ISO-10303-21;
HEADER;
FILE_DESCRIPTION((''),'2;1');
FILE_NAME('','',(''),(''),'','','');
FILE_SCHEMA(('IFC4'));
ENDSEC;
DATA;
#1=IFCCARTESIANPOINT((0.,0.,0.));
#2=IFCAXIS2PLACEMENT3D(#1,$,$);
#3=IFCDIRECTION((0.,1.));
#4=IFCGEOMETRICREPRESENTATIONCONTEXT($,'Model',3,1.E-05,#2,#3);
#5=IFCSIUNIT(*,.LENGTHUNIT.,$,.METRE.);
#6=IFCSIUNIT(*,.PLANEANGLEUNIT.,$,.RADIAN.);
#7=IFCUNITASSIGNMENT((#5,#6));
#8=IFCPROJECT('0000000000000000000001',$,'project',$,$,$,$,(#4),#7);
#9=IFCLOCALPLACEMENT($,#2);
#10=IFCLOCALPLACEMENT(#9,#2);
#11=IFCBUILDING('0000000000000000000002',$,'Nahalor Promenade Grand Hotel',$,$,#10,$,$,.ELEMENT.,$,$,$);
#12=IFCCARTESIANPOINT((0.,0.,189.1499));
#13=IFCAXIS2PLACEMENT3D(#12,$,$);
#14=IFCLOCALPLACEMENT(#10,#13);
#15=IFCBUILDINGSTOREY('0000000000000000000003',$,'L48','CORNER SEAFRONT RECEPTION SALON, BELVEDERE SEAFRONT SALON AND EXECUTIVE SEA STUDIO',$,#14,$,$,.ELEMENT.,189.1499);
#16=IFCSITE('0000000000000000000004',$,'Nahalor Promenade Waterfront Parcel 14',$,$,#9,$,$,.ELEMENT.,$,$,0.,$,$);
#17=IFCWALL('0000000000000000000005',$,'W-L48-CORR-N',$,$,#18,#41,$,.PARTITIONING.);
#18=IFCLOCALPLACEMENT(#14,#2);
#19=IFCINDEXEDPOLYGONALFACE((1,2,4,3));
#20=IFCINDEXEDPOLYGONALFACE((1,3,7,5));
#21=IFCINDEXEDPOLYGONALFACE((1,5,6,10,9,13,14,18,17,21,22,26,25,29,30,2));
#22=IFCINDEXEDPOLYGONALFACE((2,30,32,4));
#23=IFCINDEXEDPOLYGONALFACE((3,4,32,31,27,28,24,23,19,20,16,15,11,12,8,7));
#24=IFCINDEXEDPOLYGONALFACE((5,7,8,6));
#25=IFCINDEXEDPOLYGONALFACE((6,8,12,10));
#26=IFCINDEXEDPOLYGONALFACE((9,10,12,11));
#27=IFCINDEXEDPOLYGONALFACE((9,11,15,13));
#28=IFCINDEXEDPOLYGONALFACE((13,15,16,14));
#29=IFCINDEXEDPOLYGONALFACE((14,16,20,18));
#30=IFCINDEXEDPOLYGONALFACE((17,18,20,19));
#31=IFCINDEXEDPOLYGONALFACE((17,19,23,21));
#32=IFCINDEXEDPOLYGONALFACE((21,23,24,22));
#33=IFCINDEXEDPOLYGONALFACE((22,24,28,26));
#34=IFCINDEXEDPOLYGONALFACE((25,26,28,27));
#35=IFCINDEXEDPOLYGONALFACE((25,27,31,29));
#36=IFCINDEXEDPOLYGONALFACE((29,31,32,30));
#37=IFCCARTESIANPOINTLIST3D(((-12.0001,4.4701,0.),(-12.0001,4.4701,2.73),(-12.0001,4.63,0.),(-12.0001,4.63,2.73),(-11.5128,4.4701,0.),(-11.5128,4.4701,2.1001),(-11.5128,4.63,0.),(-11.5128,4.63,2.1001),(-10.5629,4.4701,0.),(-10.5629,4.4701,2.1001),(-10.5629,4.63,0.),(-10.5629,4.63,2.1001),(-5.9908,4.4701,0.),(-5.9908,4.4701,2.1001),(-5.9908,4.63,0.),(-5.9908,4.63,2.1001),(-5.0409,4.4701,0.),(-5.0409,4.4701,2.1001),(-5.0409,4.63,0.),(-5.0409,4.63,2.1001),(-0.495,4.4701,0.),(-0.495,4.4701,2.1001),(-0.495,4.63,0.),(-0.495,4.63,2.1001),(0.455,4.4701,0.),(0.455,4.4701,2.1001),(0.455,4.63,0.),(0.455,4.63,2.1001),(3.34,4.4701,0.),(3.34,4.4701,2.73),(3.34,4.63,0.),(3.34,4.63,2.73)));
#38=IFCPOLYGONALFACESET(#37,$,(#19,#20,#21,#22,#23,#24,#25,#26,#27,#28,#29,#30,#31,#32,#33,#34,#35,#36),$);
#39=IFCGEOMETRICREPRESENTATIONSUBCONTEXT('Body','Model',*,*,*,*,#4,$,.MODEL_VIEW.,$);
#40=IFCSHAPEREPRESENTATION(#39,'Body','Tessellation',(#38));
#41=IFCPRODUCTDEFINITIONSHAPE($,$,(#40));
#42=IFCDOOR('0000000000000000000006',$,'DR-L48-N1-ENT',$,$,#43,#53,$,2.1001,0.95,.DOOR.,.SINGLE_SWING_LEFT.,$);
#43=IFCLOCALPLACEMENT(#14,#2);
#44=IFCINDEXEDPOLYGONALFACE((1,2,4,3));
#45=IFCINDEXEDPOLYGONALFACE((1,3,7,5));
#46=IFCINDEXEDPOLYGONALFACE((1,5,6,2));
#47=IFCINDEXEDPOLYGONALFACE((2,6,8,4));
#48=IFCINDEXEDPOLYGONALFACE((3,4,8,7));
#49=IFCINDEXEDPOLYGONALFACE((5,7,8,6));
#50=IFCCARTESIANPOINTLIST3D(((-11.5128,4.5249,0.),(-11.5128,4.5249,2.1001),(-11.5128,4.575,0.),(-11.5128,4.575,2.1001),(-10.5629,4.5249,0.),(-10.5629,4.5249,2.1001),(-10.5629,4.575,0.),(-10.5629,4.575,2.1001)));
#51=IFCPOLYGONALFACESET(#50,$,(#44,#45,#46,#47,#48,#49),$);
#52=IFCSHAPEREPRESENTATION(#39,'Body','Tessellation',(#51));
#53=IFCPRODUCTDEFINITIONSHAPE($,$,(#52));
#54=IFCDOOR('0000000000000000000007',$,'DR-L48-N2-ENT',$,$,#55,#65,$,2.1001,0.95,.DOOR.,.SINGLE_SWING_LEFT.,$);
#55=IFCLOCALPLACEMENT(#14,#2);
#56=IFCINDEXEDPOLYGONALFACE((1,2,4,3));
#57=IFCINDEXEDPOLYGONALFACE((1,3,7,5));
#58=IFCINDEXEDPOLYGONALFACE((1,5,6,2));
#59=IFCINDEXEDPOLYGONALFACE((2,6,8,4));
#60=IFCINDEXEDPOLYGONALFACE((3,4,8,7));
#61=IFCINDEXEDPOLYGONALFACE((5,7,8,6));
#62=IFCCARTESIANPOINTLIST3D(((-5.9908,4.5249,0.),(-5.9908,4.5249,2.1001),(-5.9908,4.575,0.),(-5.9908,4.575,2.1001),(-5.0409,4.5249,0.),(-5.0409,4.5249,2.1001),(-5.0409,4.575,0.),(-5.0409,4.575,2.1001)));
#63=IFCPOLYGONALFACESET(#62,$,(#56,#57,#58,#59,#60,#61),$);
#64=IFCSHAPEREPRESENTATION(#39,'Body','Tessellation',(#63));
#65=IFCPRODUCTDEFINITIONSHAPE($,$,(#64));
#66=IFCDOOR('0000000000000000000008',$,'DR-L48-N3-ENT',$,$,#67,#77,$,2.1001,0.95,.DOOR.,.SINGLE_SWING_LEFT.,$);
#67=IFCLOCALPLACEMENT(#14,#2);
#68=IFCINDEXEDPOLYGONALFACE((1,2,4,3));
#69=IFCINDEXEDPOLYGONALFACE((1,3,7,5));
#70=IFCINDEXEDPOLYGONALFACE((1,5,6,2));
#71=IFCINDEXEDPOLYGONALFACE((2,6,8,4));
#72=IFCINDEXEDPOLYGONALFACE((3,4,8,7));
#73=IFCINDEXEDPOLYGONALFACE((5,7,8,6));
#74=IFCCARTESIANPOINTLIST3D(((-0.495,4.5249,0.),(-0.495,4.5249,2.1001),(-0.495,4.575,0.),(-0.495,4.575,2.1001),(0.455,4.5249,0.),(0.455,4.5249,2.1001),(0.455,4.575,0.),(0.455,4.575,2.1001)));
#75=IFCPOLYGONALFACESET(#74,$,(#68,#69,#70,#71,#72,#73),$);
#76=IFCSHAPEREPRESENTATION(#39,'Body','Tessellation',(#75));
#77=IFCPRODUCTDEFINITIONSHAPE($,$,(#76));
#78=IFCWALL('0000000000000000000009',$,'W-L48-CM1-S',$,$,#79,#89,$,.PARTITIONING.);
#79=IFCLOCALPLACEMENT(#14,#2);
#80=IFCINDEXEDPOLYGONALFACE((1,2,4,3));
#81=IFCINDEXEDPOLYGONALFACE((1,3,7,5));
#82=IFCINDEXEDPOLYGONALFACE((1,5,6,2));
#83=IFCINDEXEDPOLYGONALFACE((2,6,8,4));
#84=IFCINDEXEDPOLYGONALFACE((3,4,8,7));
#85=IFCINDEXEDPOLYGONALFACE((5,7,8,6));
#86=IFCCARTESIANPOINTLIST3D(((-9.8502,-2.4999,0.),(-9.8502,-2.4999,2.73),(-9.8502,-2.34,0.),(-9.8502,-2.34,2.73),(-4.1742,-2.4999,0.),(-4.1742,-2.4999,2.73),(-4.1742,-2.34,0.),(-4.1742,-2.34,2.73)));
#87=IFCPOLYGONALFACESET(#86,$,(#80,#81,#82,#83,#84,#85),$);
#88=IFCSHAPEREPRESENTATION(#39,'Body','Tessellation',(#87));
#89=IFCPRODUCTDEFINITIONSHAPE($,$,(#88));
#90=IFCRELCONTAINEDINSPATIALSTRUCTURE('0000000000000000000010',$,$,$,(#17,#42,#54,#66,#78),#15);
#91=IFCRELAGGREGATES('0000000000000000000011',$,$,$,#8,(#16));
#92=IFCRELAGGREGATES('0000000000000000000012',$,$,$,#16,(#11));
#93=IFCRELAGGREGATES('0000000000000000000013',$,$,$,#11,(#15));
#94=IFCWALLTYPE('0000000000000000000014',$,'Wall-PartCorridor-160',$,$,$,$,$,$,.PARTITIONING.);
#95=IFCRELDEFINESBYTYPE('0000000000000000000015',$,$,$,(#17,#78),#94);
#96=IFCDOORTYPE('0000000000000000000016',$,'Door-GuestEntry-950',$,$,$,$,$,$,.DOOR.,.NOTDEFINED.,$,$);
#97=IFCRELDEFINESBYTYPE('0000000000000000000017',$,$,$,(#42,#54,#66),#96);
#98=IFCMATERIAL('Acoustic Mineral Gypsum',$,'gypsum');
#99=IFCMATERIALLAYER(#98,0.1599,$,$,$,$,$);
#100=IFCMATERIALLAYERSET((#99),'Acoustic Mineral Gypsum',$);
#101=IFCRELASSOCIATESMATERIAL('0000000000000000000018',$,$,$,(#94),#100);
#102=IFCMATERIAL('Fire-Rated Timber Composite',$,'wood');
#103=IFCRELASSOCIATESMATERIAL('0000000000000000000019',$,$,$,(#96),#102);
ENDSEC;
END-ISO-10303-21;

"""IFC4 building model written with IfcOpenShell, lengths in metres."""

from ifc_helpers import new_model, si_unit, direction, frame, frame_2d, origin, place, context, subcontext, project, spatial, rectangle, extrude, source, transform, mapped, material, layer, layer_set, type_object, element, fill, save


model = new_model("IFC4")

# Units and contexts
model_context = context("Model", 3, precision=1e-05, world=origin(), true_north=direction((0.0, 1.0)))
body_context = subcontext(model_context, "Body", "Model", "MODEL_VIEW")
ifc_project = project(units=[si_unit("LENGTHUNIT", "METRE"), si_unit("PLANEANGLEUNIT", "RADIAN")], contexts=[model_context])

# Site, building, storey
site_placement = place(None, origin())
site = spatial("IfcSite", under=ifc_project, at=site_placement, Name="Nahalor Promenade Waterfront Parcel 14", CompositionType="ELEMENT", RefElevation=0.0)
building_placement = place(site_placement, origin())
building = spatial("IfcBuilding", under=site, at=building_placement, Name="Nahalor Promenade Grand Hotel", CompositionType="ELEMENT")
storey_placement = place(building_placement, frame((0.0, 0.0, 189.1499)))
storey = spatial("IfcBuildingStorey", under=building, at=storey_placement, Name="L48", Description="CORNER SEAFRONT RECEPTION SALON, BELVEDERE SEAFRONT SALON AND EXECUTIVE SEA STUDIO", CompositionType="ELEMENT", Elevation=189.1499)

# Shared definitions
ifc_material_1 = material(Name="Acoustic Mineral Gypsum", Category="gypsum")
ifc_layer_1 = layer(ifc_material_1, 0.1599)
ifc_layer_set_1 = layer_set([ifc_layer_1], Name="Acoustic Mineral Gypsum")
wall_type_1 = type_object("IfcWallType", Name="Wall-PartCorridor-160", PredefinedType="PARTITIONING", material=ifc_layer_set_1)
ifc_material_2 = material(Name="Fire-Rated Timber Composite", Category="wood")
door_type_1 = type_object("IfcDoorType", Name="Door-GuestEntry-950", OperationType="NOTDEFINED", PredefinedType="DOOR", material=ifc_material_2)
shared_shape_1 = source(origin(), body_context, "Body", "SweptSolid", [
    extrude(rectangle(XDim=0.95, YDim=2.1001, at=frame_2d((0.4751, 1.05))), frame((0.0, 0.0249, 0.0), z_axis=(0.0, -1.0, 0.0), x_axis=(1.0, 0.0, 0.0)), (0.0, 0.0, 1.0), 0.05),
])

# Wall, openings, doors
shared_shape_2 = source(origin(), body_context, "Body", "SweptSolid", [
    extrude(rectangle(XDim=15.3401, YDim=0.1599, at=frame_2d((7.6699, 0.0))), origin(), (0.0, 0.0, 1.0), 2.73),
])
wall_1_placement = place(storey_placement, frame((-12.0, 4.55, 0.0), z_axis=(0.0, 0.0, 1.0), x_axis=(1.0, 0.0, 0.0)))
wall_1 = element("IfcWall", 1, at=wall_1_placement, inside=storey, type_object=wall_type_1, Name="W-L48-CORR-N", PredefinedType="PARTITIONING", context=body_context, shape_type="MappedRepresentation", body=[
    mapped(shared_shape_2, transform((0.0, 0.0, 0.0), scale=1.0)),
])
opening_1_placement = place(wall_1_placement, frame((0.4871, 0.0, 0.0)))
opening_1 = element("IfcOpeningElement", 2, at=opening_1_placement, cuts=wall_1, PredefinedType="OPENING", context=body_context, shape_type="SweptSolid", body=[
    extrude(rectangle(XDim=0.95, YDim=2.1001, at=frame_2d((0.4751, 1.05))), frame((0.0, 0.0898, 0.0), z_axis=(0.0, -1.0, 0.0), x_axis=(1.0, 0.0, 0.0)), (0.0, 0.0, 1.0), 0.1799),
])
opening_2_placement = place(wall_1_placement, frame((6.009, 0.0, 0.0)))
opening_2 = element("IfcOpeningElement", 3, at=opening_2_placement, cuts=wall_1, PredefinedType="OPENING", context=body_context, shape_type="SweptSolid", body=[
    extrude(rectangle(XDim=0.95, YDim=2.1001, at=frame_2d((0.4751, 1.05))), frame((0.0, 0.0898, 0.0), z_axis=(0.0, -1.0, 0.0), x_axis=(1.0, 0.0, 0.0)), (0.0, 0.0, 1.0), 0.1799),
])
opening_3_placement = place(wall_1_placement, frame((11.5049, 0.0, 0.0)))
opening_3 = element("IfcOpeningElement", 4, at=opening_3_placement, cuts=wall_1, PredefinedType="OPENING", context=body_context, shape_type="SweptSolid", body=[
    extrude(rectangle(XDim=0.95, YDim=2.1001, at=frame_2d((0.4751, 1.05))), frame((0.0, 0.0898, 0.0), z_axis=(0.0, -1.0, 0.0), x_axis=(1.0, 0.0, 0.0)), (0.0, 0.0, 1.0), 0.1799),
])
door_1_placement = place(opening_1_placement, origin())
door_1 = element("IfcDoor", 5, at=door_1_placement, inside=storey, type_object=door_type_1, Name="DR-L48-N1-ENT", OperationType="SINGLE_SWING_LEFT", OverallHeight=2.1001, OverallWidth=0.95, PredefinedType="DOOR", context=body_context, shape_type="MappedRepresentation", body=[
    mapped(shared_shape_1, transform((0.0, 0.0, 0.0), scale=1.0)),
])
fill(opening_1, door_1)
door_2_placement = place(opening_2_placement, origin())
door_2 = element("IfcDoor", 6, at=door_2_placement, inside=storey, type_object=door_type_1, Name="DR-L48-N2-ENT", OperationType="SINGLE_SWING_LEFT", OverallHeight=2.1001, OverallWidth=0.95, PredefinedType="DOOR", context=body_context, shape_type="MappedRepresentation", body=[
    mapped(shared_shape_1, transform((0.0, 0.0, 0.0), scale=1.0)),
])
fill(opening_2, door_2)
door_3_placement = place(opening_3_placement, origin())
door_3 = element("IfcDoor", 7, at=door_3_placement, inside=storey, type_object=door_type_1, Name="DR-L48-N3-ENT", OperationType="SINGLE_SWING_LEFT", OverallHeight=2.1001, OverallWidth=0.95, PredefinedType="DOOR", context=body_context, shape_type="MappedRepresentation", body=[
    mapped(shared_shape_1, transform((0.0, 0.0, 0.0), scale=1.0)),
])
fill(opening_3, door_3)

# Wall
shared_shape_3 = source(origin(), body_context, "Body", "SweptSolid", [
    extrude(rectangle(XDim=5.676, YDim=0.1599, at=frame_2d((2.8379, 0.0))), origin(), (0.0, 0.0, 1.0), 2.73),
])
wall_2_placement = place(storey_placement, frame((-9.8501, -2.4199, 0.0), z_axis=(0.0, 0.0, 1.0), x_axis=(1.0, 0.0, 0.0)))
element("IfcWall", 8, at=wall_2_placement, inside=storey, type_object=wall_type_1, Name="W-L48-CM1-S", PredefinedType="PARTITIONING", context=body_context, shape_type="MappedRepresentation", body=[
    mapped(shared_shape_3, transform((0.0, 0.0, 0.0), scale=1.0)),
])

save(model, "model.ifc")
